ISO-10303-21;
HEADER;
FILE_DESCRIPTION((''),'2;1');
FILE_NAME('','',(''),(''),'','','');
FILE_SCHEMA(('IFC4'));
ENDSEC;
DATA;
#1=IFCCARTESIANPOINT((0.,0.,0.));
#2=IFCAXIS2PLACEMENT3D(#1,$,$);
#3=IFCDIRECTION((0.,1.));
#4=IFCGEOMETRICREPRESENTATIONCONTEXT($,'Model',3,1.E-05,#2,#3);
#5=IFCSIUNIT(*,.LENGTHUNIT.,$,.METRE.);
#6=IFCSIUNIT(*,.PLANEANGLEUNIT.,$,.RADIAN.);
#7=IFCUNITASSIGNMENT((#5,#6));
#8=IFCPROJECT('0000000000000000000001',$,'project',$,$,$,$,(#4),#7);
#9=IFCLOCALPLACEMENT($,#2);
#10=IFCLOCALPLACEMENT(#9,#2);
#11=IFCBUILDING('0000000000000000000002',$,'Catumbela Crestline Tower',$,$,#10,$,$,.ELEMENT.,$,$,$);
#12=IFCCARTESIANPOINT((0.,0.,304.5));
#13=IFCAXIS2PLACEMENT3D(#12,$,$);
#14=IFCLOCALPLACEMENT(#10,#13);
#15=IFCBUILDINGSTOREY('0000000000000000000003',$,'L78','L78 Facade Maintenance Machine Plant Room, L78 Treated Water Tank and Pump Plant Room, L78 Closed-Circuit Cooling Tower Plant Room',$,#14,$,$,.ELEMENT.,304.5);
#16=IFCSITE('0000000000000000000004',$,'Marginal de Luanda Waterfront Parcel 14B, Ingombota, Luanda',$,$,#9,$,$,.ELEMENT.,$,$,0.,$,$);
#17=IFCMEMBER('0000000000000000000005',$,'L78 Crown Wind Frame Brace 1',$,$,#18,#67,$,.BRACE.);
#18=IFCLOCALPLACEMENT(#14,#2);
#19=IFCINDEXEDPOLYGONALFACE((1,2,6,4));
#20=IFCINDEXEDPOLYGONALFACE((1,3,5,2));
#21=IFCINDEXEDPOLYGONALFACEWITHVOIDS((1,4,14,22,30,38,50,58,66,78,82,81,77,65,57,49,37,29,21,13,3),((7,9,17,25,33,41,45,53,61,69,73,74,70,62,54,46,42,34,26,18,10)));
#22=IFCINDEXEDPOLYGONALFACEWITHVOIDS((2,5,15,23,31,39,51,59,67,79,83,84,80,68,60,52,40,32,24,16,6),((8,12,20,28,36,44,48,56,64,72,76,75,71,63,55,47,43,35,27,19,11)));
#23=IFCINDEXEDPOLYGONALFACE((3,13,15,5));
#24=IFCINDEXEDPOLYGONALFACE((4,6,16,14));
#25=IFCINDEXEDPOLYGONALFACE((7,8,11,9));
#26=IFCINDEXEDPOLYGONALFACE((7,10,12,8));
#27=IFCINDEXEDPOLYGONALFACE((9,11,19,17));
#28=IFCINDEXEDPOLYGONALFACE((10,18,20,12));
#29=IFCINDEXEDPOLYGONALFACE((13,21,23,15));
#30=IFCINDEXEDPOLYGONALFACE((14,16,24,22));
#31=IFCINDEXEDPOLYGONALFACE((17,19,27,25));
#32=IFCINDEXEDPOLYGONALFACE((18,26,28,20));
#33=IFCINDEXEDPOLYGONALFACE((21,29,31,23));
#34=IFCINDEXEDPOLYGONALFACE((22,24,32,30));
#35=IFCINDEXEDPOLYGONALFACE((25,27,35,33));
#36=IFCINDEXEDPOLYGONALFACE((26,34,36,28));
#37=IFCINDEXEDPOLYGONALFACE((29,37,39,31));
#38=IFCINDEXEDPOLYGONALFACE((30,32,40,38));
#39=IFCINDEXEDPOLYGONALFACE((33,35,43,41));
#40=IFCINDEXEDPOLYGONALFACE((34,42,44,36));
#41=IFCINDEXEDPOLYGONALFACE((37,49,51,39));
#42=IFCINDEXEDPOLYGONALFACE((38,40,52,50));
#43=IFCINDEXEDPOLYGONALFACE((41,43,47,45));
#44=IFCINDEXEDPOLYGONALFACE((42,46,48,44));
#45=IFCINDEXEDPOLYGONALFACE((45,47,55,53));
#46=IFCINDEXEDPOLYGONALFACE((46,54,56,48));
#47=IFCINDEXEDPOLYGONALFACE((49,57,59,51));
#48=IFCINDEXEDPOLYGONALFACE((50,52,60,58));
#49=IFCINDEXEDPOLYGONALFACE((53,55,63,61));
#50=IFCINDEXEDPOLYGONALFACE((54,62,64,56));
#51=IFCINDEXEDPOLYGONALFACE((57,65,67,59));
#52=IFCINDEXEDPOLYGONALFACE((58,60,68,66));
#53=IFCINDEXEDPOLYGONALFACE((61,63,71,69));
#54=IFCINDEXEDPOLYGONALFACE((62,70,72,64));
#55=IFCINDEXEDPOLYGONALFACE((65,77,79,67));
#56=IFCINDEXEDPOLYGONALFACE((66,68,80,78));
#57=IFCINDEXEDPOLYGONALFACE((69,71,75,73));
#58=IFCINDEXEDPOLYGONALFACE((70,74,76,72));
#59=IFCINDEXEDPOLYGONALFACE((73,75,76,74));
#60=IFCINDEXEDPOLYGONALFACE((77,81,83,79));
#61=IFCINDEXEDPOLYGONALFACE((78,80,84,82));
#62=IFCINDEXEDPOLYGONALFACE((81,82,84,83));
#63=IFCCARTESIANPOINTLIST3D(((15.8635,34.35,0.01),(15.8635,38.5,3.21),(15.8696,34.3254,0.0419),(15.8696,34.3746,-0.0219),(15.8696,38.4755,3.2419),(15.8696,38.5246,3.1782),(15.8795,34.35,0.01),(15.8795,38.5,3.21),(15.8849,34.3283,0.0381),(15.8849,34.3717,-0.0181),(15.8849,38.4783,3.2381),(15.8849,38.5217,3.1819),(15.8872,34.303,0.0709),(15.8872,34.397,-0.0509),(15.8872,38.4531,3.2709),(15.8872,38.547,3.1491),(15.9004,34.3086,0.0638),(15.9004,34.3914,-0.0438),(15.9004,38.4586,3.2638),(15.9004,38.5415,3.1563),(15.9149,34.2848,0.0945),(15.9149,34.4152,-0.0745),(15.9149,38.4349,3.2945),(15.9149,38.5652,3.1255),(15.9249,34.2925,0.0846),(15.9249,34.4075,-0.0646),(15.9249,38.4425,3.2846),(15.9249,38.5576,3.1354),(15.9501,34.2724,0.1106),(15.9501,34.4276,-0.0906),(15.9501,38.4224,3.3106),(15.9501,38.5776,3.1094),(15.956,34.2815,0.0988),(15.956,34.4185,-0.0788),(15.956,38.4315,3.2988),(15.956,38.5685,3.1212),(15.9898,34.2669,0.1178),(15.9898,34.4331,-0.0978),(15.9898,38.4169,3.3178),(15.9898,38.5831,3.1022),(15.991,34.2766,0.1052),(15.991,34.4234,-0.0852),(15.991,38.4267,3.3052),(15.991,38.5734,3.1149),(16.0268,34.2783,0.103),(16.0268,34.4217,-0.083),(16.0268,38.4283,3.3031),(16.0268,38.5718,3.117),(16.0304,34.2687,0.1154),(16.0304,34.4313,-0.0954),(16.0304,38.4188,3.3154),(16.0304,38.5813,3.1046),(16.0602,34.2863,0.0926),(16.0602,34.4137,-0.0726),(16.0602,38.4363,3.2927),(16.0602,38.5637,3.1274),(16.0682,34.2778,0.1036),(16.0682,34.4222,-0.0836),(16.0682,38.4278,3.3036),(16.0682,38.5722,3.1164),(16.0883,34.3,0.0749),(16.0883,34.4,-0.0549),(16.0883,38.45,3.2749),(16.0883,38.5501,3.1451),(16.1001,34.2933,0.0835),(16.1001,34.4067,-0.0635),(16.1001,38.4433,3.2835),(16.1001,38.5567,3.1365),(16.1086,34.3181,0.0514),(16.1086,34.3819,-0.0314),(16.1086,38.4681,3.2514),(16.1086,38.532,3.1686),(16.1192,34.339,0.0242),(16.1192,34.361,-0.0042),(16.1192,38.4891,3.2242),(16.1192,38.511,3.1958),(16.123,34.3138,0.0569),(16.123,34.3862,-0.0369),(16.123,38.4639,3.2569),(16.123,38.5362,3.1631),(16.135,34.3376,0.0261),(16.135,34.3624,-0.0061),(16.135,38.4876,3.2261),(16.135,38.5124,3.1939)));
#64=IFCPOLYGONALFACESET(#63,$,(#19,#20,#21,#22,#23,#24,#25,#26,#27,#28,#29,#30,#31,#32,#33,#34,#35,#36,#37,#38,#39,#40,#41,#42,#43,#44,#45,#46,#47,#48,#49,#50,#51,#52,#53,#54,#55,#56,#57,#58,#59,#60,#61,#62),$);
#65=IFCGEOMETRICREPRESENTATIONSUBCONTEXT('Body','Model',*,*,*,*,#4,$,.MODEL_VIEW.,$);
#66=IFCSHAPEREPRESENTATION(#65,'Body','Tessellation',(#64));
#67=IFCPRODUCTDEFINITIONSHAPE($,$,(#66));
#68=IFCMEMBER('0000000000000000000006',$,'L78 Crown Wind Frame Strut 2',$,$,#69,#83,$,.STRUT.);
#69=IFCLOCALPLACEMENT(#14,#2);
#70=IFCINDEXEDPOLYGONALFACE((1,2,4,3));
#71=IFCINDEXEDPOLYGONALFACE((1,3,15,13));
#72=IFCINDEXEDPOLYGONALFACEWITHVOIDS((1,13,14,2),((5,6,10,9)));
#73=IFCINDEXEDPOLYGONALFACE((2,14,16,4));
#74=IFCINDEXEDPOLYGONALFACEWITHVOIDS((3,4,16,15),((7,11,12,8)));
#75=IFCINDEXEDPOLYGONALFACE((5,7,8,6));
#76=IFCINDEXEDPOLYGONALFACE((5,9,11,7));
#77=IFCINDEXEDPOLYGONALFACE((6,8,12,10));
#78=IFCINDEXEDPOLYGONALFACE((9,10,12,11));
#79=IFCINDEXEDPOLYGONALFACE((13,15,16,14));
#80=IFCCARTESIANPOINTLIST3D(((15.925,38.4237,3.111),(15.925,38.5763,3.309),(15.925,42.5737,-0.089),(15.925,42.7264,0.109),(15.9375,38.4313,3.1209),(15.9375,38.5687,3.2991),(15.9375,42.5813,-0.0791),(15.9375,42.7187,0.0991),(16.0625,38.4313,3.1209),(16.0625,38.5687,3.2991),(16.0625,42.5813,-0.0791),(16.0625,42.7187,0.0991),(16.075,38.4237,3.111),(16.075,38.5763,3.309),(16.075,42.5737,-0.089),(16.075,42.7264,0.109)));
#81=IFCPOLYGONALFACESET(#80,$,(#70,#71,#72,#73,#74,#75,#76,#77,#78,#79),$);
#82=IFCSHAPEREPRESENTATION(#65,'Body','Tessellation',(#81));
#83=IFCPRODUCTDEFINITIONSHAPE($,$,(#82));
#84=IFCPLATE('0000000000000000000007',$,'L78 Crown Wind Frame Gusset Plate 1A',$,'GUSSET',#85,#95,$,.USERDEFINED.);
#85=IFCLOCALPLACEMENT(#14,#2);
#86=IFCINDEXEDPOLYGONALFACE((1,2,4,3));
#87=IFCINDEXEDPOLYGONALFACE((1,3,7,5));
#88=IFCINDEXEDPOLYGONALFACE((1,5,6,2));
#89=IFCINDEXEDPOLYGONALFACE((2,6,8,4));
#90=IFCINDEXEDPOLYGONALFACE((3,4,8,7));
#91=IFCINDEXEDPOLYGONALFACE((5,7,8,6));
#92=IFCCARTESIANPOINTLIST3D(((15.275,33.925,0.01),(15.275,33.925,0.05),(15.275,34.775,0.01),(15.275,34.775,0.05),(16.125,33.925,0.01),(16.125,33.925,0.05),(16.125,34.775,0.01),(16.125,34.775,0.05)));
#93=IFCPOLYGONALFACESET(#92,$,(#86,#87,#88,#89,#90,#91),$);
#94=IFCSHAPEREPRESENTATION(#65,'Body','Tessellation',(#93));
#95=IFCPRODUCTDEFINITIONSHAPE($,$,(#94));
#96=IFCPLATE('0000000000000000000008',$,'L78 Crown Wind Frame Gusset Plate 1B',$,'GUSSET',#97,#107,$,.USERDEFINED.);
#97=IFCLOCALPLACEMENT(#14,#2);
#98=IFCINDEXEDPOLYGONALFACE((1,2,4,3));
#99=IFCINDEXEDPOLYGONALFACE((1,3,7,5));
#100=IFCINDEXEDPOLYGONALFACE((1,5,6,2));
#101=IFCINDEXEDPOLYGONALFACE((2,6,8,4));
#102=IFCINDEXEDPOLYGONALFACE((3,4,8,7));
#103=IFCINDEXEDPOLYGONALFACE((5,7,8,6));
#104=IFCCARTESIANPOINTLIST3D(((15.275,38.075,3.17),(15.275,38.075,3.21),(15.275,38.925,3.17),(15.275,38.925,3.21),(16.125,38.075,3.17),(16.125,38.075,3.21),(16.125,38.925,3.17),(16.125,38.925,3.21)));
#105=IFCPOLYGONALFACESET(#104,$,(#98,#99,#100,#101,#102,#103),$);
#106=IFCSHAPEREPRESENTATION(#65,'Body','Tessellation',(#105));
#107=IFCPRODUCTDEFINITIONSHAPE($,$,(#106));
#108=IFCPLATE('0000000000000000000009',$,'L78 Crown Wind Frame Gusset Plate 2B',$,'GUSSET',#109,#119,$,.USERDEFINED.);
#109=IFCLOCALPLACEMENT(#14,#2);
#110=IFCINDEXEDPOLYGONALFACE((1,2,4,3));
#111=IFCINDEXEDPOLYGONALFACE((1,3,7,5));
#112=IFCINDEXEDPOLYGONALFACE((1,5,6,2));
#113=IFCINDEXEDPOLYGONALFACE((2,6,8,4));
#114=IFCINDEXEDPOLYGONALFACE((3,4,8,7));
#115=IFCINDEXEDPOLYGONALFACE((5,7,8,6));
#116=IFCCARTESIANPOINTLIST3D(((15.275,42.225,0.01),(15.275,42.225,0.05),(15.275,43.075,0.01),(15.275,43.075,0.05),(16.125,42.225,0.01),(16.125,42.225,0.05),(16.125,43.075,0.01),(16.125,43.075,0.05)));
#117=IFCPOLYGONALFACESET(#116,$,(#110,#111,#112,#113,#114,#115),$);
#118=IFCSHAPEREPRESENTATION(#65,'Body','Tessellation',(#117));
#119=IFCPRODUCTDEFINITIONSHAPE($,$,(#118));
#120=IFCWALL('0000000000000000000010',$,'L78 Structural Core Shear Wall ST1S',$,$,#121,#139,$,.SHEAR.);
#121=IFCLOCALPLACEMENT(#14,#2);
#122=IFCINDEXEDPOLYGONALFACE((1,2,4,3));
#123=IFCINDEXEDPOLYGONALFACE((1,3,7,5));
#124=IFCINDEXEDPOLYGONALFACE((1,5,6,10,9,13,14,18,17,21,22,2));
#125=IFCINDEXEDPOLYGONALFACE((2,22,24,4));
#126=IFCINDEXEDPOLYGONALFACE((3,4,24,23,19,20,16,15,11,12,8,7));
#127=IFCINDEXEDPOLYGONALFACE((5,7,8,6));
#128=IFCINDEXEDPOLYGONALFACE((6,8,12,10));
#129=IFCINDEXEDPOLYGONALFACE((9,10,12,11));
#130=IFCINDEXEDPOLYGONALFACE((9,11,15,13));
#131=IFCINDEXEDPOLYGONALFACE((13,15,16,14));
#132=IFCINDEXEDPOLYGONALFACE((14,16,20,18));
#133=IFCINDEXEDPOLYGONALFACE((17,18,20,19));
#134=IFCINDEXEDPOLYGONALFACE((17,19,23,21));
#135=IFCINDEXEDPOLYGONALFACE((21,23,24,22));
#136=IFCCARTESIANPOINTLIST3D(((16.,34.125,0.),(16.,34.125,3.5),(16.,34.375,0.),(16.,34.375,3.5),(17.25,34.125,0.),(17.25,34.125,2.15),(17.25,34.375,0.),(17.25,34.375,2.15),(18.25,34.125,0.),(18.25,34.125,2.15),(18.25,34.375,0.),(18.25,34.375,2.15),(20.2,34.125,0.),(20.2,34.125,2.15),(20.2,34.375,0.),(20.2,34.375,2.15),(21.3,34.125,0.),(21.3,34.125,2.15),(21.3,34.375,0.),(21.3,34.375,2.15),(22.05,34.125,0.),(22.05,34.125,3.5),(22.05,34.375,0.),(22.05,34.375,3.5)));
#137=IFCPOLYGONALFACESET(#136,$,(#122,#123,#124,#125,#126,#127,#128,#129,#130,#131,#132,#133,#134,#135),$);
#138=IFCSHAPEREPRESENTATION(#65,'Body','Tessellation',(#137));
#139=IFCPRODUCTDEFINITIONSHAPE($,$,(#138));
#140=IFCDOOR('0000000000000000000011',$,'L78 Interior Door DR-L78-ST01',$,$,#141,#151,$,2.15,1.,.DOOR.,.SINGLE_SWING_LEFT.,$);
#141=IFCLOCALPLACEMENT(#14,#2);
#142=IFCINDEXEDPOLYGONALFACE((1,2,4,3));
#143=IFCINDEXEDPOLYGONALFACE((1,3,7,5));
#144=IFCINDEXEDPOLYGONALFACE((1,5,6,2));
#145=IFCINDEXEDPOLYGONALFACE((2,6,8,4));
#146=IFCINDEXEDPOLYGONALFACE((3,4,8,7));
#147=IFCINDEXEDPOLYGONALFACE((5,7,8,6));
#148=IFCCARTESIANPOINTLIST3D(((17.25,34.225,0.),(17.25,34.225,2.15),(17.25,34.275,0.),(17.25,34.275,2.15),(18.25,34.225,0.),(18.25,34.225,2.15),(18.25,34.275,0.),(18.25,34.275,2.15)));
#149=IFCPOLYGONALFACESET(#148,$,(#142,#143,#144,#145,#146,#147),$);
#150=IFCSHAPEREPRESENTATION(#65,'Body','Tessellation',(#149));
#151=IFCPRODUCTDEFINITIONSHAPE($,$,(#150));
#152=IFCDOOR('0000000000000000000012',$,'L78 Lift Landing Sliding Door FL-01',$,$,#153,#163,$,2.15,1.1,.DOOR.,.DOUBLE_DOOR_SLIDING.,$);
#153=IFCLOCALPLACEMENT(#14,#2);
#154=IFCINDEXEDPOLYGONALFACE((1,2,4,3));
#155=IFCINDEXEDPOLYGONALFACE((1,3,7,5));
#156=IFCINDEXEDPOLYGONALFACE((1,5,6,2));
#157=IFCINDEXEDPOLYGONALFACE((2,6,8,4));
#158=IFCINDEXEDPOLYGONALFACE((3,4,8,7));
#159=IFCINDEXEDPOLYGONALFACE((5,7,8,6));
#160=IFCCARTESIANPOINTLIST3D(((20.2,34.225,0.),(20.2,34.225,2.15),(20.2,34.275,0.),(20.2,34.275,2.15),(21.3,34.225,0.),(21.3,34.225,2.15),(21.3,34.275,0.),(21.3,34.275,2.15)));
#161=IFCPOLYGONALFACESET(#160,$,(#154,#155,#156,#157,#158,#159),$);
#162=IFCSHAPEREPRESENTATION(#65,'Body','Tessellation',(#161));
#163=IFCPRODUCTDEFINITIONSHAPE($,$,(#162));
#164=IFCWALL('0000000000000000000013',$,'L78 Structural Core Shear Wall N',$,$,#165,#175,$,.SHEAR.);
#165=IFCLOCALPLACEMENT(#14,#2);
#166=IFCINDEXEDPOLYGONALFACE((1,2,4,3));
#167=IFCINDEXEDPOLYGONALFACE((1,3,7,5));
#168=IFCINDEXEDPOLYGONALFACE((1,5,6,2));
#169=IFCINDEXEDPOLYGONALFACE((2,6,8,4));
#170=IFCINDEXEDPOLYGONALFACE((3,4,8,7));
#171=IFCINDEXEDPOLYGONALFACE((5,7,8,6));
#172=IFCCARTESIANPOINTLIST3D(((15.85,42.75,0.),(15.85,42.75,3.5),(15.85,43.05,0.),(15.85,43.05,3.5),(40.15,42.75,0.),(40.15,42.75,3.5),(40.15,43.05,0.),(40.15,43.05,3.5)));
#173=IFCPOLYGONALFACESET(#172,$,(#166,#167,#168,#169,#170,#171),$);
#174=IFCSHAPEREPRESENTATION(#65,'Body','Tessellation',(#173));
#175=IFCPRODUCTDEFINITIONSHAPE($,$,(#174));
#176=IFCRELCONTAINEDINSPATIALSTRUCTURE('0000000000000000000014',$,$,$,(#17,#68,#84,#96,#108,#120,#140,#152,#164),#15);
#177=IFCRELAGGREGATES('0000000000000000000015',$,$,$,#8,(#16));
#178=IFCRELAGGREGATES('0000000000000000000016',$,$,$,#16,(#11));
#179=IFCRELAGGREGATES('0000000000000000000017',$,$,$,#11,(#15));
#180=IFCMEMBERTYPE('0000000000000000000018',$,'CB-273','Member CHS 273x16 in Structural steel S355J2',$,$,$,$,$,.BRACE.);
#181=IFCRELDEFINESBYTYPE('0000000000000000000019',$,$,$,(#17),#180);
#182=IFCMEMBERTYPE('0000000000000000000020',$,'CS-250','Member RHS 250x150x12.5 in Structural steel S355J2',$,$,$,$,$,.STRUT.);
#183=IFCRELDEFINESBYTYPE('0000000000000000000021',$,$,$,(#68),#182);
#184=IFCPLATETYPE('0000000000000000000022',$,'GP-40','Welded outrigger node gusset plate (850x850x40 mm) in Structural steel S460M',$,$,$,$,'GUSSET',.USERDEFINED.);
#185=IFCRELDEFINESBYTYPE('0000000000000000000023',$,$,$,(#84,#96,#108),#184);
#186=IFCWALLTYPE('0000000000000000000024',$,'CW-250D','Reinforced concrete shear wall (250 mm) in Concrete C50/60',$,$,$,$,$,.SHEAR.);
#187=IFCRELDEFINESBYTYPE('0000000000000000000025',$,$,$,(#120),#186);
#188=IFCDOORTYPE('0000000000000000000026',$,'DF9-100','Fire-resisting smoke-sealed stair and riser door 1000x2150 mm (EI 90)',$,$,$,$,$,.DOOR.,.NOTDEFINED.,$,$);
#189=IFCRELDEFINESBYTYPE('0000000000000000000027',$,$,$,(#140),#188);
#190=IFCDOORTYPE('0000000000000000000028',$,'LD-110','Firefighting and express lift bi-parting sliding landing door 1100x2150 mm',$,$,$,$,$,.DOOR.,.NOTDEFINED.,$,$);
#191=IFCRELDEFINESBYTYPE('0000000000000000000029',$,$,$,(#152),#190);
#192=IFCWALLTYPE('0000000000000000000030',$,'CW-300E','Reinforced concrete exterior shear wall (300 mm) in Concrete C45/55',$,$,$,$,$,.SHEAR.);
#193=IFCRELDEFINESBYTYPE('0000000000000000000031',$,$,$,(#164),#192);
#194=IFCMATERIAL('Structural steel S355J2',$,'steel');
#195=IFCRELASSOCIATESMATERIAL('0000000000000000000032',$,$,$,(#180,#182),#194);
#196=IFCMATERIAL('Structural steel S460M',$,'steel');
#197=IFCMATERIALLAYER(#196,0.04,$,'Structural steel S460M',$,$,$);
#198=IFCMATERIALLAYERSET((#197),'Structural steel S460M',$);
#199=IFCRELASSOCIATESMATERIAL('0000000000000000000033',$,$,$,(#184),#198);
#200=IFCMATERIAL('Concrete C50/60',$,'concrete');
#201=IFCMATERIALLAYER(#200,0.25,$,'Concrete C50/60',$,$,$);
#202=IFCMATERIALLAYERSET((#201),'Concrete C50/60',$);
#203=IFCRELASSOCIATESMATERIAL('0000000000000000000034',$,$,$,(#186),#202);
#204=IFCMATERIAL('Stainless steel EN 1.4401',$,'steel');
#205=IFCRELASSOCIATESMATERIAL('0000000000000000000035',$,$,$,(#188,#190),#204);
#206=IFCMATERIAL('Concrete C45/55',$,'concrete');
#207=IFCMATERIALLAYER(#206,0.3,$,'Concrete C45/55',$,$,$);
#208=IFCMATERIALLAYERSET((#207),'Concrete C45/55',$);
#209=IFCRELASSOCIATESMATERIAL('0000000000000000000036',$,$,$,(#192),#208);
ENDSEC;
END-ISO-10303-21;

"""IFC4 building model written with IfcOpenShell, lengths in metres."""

from ifc_helpers import new_model, si_unit, direction, frame, frame_2d, origin, origin_2d, place, context, subcontext, project, spatial, rectangle, hollow_rectangle, hollow_circle, extrude, material, layer, layer_set, material_profile, profile_set, type_object, element, fill, save


model = new_model("IFC4")

# Units and contexts
model_context = context("Model", 3, precision=1e-05, world=origin(), true_north=direction((0.0, 1.0)))
body_context = subcontext(model_context, "Body", "Model", "MODEL_VIEW")
ifc_project = project(units=[si_unit("LENGTHUNIT", "METRE"), si_unit("PLANEANGLEUNIT", "RADIAN")], contexts=[model_context])

# Site, building, storey
site_placement = place(None, origin())
site = spatial("IfcSite", under=ifc_project, at=site_placement, Name="Marginal de Luanda Waterfront Parcel 14B, Ingombota, Luanda", CompositionType="ELEMENT", RefElevation=0.0)
building_placement = place(site_placement, origin())
building = spatial("IfcBuilding", under=site, at=building_placement, Name="Catumbela Crestline Tower", CompositionType="ELEMENT")
storey_placement = place(building_placement, frame((0.0, 0.0, 304.5)))
storey = spatial("IfcBuildingStorey", under=building, at=storey_placement, Name="L78", Description="L78 Facade Maintenance Machine Plant Room, L78 Treated Water Tank and Pump Plant Room, L78 Closed-Circuit Cooling Tower Plant Room", CompositionType="ELEMENT", Elevation=304.5)

# Members
ifc_material_1 = material(Name="Structural steel S355J2", Category="steel")
ifc_material_profile_1 = material_profile(ifc_material_1, hollow_circle(Radius=0.1365, WallThickness=0.016, at=origin_2d()), Name="CHS 273x16")
ifc_profile_set_1 = profile_set([ifc_material_profile_1], Name="Structural steel S355J2")
member_type_1 = type_object("IfcMemberType", Name="CB-273", Description="Member CHS 273x16 in Structural steel S355J2", PredefinedType="BRACE", material=ifc_profile_set_1)
member_1_placement = place(storey_placement, frame((16.0, 34.35, 0.01), z_axis=(0.0, 0.791914, 0.610633), x_axis=(-1.0, 0.0, 0.0)))
element("IfcMember", 1, at=member_1_placement, inside=storey, type_object=member_type_1, Name="L78 Crown Wind Frame Brace 1", PredefinedType="BRACE", context=body_context, shape_type="SweptSolid", body=[
    extrude(hollow_circle(Radius=0.1365, WallThickness=0.016, at=origin_2d()), origin(), (0.0, 0.0, 1.0), 5.2405),
])
ifc_material_profile_2 = material_profile(ifc_material_1, hollow_rectangle(XDim=0.15, YDim=0.25, WallThickness=0.0125, at=origin_2d()), Name="RHS 250x150x12.5")
ifc_profile_set_2 = profile_set([ifc_material_profile_2], Name="Structural steel S355J2")
member_type_2 = type_object("IfcMemberType", Name="CS-250", Description="Member RHS 250x150x12.5 in Structural steel S355J2", PredefinedType="STRUT", material=ifc_profile_set_2)
member_2_placement = place(storey_placement, frame((16.0, 38.5, 3.21), z_axis=(0.0, 0.791914, -0.610633), x_axis=(-1.0, 0.0, 0.0)))
element("IfcMember", 2, at=member_2_placement, inside=storey, type_object=member_type_2, Name="L78 Crown Wind Frame Strut 2", PredefinedType="STRUT", context=body_context, shape_type="SweptSolid", body=[
    extrude(hollow_rectangle(XDim=0.15, YDim=0.25, WallThickness=0.0125, at=origin_2d()), origin(), (0.0, 0.0, 1.0), 5.2405),
])

# Plates
ifc_material_2 = material(Name="Structural steel S460M", Category="steel")
ifc_layer_1 = layer(ifc_material_2, 0.04, Name="Structural steel S460M")
ifc_layer_set_1 = layer_set([ifc_layer_1], Name="Structural steel S460M")
plate_type = type_object("IfcPlateType", Name="GP-40", Description="Welded outrigger node gusset plate (850x850x40 mm) in Structural steel S460M", ElementType="GUSSET", PredefinedType="USERDEFINED", material=ifc_layer_set_1)
for number, where, z_axis, x_axis, name in (
    (3, (15.7, 34.35, 0.01), (0.0, 0.0, 1.0), (1.0, 0.0, 0.0), "L78 Crown Wind Frame Gusset Plate 1A"),
    (4, (15.7, 38.5, 3.17), (0.0, 0.0, 1.0), (1.0, 0.0, 0.0), "L78 Crown Wind Frame Gusset Plate 1B"),
    (5, (15.7, 42.65, 0.01), (0.0, 0.0, 1.0), (1.0, 0.0, 0.0), "L78 Crown Wind Frame Gusset Plate 2B"),
):
    element("IfcPlate", number, at=place(storey_placement, frame(where, z_axis=z_axis, x_axis=x_axis)), inside=storey, type_object=plate_type, Name=name, ObjectType="GUSSET", PredefinedType="USERDEFINED", context=body_context, shape_type="SweptSolid", body=[
        extrude(rectangle(XDim=0.85, YDim=0.85, at=origin_2d()), origin(), (0.0, 0.0, 1.0), 0.04),
    ])

# Wall, openings, doors
ifc_material_3 = material(Name="Concrete C50/60", Category="concrete")
ifc_layer_2 = layer(ifc_material_3, 0.25, Name="Concrete C50/60")
ifc_layer_set_2 = layer_set([ifc_layer_2], Name="Concrete C50/60")
wall_type_1 = type_object("IfcWallType", Name="CW-250D", Description="Reinforced concrete shear wall (250 mm) in Concrete C50/60", PredefinedType="SHEAR", material=ifc_layer_set_2)
wall_1_placement = place(storey_placement, frame((16.0, 34.25, 0.0), z_axis=(0.0, 0.0, 1.0), x_axis=(1.0, 0.0, 0.0)))
wall_1 = element("IfcWall", 6, at=wall_1_placement, inside=storey, type_object=wall_type_1, Name="L78 Structural Core Shear Wall ST1S", PredefinedType="SHEAR", context=body_context, shape_type="SweptSolid", body=[
    extrude(rectangle(XDim=6.05, YDim=0.25, at=frame_2d((3.025, 0.0))), origin(), (0.0, 0.0, 1.0), 3.5),
])
opening_1_placement = place(wall_1_placement, frame((1.25, 0.0, 0.0)))
opening_1 = element("IfcOpeningElement", 7, at=opening_1_placement, cuts=wall_1, PredefinedType="OPENING", context=body_context, shape_type="SweptSolid", body=[
    extrude(rectangle(XDim=1.0, YDim=2.15, at=frame_2d((0.5, 1.075))), frame((0.0, 0.135, 0.0), z_axis=(0.0, -1.0, 0.0), x_axis=(1.0, 0.0, 0.0)), (0.0, 0.0, 1.0), 0.27),
])
opening_2_placement = place(wall_1_placement, frame((4.2, 0.0, 0.0)))
opening_2 = element("IfcOpeningElement", 8, at=opening_2_placement, cuts=wall_1, PredefinedType="OPENING", context=body_context, shape_type="SweptSolid", body=[
    extrude(rectangle(XDim=1.1, YDim=2.15, at=frame_2d((0.55, 1.075))), frame((0.0, 0.135, 0.0), z_axis=(0.0, -1.0, 0.0), x_axis=(1.0, 0.0, 0.0)), (0.0, 0.0, 1.0), 0.27),
])
ifc_material_4 = material(Name="Stainless steel EN 1.4401", Category="steel")
door_type_1 = type_object("IfcDoorType", Name="DF9-100", Description="Fire-resisting smoke-sealed stair and riser door 1000x2150 mm (EI 90)", OperationType="NOTDEFINED", PredefinedType="DOOR", material=ifc_material_4)
door_1_placement = place(opening_1_placement, origin())
door_1 = element("IfcDoor", 9, at=door_1_placement, inside=storey, type_object=door_type_1, Name="L78 Interior Door DR-L78-ST01", OperationType="SINGLE_SWING_LEFT", OverallHeight=2.15, OverallWidth=1.0, PredefinedType="DOOR", context=body_context, shape_type="SweptSolid", body=[
    extrude(rectangle(XDim=1.0, YDim=2.15, at=frame_2d((0.5, 1.075))), frame((0.0, 0.025, 0.0), z_axis=(0.0, -1.0, 0.0), x_axis=(1.0, 0.0, 0.0)), (0.0, 0.0, 1.0), 0.05),
])
fill(opening_1, door_1)
door_type_2 = type_object("IfcDoorType", Name="LD-110", Description="Firefighting and express lift bi-parting sliding landing door 1100x2150 mm", OperationType="NOTDEFINED", PredefinedType="DOOR", material=ifc_material_4)
door_2_placement = place(opening_2_placement, origin())
door_2 = element("IfcDoor", 10, at=door_2_placement, inside=storey, type_object=door_type_2, Name="L78 Lift Landing Sliding Door FL-01", OperationType="DOUBLE_DOOR_SLIDING", OverallHeight=2.15, OverallWidth=1.1, PredefinedType="DOOR", context=body_context, shape_type="SweptSolid", body=[
    extrude(rectangle(XDim=1.1, YDim=2.15, at=frame_2d((0.55, 1.075))), frame((0.0, 0.025, 0.0), z_axis=(0.0, -1.0, 0.0), x_axis=(1.0, 0.0, 0.0)), (0.0, 0.0, 1.0), 0.05),
])
fill(opening_2, door_2)

# Wall
ifc_material_5 = material(Name="Concrete C45/55", Category="concrete")
ifc_layer_3 = layer(ifc_material_5, 0.3, Name="Concrete C45/55")
ifc_layer_set_3 = layer_set([ifc_layer_3], Name="Concrete C45/55")
wall_type_2 = type_object("IfcWallType", Name="CW-300E", Description="Reinforced concrete exterior shear wall (300 mm) in Concrete C45/55", PredefinedType="SHEAR", material=ifc_layer_set_3)
wall_2_placement = place(storey_placement, frame((15.85, 42.9, 0.0), z_axis=(0.0, 0.0, 1.0), x_axis=(1.0, 0.0, 0.0)))
element("IfcWall", 11, at=wall_2_placement, inside=storey, type_object=wall_type_2, Name="L78 Structural Core Shear Wall N", PredefinedType="SHEAR", context=body_context, shape_type="SweptSolid", body=[
    extrude(rectangle(XDim=24.3, YDim=0.3, at=frame_2d((12.15, 0.0))), origin(), (0.0, 0.0, 1.0), 3.5),
])

save(model, "model.ifc")
